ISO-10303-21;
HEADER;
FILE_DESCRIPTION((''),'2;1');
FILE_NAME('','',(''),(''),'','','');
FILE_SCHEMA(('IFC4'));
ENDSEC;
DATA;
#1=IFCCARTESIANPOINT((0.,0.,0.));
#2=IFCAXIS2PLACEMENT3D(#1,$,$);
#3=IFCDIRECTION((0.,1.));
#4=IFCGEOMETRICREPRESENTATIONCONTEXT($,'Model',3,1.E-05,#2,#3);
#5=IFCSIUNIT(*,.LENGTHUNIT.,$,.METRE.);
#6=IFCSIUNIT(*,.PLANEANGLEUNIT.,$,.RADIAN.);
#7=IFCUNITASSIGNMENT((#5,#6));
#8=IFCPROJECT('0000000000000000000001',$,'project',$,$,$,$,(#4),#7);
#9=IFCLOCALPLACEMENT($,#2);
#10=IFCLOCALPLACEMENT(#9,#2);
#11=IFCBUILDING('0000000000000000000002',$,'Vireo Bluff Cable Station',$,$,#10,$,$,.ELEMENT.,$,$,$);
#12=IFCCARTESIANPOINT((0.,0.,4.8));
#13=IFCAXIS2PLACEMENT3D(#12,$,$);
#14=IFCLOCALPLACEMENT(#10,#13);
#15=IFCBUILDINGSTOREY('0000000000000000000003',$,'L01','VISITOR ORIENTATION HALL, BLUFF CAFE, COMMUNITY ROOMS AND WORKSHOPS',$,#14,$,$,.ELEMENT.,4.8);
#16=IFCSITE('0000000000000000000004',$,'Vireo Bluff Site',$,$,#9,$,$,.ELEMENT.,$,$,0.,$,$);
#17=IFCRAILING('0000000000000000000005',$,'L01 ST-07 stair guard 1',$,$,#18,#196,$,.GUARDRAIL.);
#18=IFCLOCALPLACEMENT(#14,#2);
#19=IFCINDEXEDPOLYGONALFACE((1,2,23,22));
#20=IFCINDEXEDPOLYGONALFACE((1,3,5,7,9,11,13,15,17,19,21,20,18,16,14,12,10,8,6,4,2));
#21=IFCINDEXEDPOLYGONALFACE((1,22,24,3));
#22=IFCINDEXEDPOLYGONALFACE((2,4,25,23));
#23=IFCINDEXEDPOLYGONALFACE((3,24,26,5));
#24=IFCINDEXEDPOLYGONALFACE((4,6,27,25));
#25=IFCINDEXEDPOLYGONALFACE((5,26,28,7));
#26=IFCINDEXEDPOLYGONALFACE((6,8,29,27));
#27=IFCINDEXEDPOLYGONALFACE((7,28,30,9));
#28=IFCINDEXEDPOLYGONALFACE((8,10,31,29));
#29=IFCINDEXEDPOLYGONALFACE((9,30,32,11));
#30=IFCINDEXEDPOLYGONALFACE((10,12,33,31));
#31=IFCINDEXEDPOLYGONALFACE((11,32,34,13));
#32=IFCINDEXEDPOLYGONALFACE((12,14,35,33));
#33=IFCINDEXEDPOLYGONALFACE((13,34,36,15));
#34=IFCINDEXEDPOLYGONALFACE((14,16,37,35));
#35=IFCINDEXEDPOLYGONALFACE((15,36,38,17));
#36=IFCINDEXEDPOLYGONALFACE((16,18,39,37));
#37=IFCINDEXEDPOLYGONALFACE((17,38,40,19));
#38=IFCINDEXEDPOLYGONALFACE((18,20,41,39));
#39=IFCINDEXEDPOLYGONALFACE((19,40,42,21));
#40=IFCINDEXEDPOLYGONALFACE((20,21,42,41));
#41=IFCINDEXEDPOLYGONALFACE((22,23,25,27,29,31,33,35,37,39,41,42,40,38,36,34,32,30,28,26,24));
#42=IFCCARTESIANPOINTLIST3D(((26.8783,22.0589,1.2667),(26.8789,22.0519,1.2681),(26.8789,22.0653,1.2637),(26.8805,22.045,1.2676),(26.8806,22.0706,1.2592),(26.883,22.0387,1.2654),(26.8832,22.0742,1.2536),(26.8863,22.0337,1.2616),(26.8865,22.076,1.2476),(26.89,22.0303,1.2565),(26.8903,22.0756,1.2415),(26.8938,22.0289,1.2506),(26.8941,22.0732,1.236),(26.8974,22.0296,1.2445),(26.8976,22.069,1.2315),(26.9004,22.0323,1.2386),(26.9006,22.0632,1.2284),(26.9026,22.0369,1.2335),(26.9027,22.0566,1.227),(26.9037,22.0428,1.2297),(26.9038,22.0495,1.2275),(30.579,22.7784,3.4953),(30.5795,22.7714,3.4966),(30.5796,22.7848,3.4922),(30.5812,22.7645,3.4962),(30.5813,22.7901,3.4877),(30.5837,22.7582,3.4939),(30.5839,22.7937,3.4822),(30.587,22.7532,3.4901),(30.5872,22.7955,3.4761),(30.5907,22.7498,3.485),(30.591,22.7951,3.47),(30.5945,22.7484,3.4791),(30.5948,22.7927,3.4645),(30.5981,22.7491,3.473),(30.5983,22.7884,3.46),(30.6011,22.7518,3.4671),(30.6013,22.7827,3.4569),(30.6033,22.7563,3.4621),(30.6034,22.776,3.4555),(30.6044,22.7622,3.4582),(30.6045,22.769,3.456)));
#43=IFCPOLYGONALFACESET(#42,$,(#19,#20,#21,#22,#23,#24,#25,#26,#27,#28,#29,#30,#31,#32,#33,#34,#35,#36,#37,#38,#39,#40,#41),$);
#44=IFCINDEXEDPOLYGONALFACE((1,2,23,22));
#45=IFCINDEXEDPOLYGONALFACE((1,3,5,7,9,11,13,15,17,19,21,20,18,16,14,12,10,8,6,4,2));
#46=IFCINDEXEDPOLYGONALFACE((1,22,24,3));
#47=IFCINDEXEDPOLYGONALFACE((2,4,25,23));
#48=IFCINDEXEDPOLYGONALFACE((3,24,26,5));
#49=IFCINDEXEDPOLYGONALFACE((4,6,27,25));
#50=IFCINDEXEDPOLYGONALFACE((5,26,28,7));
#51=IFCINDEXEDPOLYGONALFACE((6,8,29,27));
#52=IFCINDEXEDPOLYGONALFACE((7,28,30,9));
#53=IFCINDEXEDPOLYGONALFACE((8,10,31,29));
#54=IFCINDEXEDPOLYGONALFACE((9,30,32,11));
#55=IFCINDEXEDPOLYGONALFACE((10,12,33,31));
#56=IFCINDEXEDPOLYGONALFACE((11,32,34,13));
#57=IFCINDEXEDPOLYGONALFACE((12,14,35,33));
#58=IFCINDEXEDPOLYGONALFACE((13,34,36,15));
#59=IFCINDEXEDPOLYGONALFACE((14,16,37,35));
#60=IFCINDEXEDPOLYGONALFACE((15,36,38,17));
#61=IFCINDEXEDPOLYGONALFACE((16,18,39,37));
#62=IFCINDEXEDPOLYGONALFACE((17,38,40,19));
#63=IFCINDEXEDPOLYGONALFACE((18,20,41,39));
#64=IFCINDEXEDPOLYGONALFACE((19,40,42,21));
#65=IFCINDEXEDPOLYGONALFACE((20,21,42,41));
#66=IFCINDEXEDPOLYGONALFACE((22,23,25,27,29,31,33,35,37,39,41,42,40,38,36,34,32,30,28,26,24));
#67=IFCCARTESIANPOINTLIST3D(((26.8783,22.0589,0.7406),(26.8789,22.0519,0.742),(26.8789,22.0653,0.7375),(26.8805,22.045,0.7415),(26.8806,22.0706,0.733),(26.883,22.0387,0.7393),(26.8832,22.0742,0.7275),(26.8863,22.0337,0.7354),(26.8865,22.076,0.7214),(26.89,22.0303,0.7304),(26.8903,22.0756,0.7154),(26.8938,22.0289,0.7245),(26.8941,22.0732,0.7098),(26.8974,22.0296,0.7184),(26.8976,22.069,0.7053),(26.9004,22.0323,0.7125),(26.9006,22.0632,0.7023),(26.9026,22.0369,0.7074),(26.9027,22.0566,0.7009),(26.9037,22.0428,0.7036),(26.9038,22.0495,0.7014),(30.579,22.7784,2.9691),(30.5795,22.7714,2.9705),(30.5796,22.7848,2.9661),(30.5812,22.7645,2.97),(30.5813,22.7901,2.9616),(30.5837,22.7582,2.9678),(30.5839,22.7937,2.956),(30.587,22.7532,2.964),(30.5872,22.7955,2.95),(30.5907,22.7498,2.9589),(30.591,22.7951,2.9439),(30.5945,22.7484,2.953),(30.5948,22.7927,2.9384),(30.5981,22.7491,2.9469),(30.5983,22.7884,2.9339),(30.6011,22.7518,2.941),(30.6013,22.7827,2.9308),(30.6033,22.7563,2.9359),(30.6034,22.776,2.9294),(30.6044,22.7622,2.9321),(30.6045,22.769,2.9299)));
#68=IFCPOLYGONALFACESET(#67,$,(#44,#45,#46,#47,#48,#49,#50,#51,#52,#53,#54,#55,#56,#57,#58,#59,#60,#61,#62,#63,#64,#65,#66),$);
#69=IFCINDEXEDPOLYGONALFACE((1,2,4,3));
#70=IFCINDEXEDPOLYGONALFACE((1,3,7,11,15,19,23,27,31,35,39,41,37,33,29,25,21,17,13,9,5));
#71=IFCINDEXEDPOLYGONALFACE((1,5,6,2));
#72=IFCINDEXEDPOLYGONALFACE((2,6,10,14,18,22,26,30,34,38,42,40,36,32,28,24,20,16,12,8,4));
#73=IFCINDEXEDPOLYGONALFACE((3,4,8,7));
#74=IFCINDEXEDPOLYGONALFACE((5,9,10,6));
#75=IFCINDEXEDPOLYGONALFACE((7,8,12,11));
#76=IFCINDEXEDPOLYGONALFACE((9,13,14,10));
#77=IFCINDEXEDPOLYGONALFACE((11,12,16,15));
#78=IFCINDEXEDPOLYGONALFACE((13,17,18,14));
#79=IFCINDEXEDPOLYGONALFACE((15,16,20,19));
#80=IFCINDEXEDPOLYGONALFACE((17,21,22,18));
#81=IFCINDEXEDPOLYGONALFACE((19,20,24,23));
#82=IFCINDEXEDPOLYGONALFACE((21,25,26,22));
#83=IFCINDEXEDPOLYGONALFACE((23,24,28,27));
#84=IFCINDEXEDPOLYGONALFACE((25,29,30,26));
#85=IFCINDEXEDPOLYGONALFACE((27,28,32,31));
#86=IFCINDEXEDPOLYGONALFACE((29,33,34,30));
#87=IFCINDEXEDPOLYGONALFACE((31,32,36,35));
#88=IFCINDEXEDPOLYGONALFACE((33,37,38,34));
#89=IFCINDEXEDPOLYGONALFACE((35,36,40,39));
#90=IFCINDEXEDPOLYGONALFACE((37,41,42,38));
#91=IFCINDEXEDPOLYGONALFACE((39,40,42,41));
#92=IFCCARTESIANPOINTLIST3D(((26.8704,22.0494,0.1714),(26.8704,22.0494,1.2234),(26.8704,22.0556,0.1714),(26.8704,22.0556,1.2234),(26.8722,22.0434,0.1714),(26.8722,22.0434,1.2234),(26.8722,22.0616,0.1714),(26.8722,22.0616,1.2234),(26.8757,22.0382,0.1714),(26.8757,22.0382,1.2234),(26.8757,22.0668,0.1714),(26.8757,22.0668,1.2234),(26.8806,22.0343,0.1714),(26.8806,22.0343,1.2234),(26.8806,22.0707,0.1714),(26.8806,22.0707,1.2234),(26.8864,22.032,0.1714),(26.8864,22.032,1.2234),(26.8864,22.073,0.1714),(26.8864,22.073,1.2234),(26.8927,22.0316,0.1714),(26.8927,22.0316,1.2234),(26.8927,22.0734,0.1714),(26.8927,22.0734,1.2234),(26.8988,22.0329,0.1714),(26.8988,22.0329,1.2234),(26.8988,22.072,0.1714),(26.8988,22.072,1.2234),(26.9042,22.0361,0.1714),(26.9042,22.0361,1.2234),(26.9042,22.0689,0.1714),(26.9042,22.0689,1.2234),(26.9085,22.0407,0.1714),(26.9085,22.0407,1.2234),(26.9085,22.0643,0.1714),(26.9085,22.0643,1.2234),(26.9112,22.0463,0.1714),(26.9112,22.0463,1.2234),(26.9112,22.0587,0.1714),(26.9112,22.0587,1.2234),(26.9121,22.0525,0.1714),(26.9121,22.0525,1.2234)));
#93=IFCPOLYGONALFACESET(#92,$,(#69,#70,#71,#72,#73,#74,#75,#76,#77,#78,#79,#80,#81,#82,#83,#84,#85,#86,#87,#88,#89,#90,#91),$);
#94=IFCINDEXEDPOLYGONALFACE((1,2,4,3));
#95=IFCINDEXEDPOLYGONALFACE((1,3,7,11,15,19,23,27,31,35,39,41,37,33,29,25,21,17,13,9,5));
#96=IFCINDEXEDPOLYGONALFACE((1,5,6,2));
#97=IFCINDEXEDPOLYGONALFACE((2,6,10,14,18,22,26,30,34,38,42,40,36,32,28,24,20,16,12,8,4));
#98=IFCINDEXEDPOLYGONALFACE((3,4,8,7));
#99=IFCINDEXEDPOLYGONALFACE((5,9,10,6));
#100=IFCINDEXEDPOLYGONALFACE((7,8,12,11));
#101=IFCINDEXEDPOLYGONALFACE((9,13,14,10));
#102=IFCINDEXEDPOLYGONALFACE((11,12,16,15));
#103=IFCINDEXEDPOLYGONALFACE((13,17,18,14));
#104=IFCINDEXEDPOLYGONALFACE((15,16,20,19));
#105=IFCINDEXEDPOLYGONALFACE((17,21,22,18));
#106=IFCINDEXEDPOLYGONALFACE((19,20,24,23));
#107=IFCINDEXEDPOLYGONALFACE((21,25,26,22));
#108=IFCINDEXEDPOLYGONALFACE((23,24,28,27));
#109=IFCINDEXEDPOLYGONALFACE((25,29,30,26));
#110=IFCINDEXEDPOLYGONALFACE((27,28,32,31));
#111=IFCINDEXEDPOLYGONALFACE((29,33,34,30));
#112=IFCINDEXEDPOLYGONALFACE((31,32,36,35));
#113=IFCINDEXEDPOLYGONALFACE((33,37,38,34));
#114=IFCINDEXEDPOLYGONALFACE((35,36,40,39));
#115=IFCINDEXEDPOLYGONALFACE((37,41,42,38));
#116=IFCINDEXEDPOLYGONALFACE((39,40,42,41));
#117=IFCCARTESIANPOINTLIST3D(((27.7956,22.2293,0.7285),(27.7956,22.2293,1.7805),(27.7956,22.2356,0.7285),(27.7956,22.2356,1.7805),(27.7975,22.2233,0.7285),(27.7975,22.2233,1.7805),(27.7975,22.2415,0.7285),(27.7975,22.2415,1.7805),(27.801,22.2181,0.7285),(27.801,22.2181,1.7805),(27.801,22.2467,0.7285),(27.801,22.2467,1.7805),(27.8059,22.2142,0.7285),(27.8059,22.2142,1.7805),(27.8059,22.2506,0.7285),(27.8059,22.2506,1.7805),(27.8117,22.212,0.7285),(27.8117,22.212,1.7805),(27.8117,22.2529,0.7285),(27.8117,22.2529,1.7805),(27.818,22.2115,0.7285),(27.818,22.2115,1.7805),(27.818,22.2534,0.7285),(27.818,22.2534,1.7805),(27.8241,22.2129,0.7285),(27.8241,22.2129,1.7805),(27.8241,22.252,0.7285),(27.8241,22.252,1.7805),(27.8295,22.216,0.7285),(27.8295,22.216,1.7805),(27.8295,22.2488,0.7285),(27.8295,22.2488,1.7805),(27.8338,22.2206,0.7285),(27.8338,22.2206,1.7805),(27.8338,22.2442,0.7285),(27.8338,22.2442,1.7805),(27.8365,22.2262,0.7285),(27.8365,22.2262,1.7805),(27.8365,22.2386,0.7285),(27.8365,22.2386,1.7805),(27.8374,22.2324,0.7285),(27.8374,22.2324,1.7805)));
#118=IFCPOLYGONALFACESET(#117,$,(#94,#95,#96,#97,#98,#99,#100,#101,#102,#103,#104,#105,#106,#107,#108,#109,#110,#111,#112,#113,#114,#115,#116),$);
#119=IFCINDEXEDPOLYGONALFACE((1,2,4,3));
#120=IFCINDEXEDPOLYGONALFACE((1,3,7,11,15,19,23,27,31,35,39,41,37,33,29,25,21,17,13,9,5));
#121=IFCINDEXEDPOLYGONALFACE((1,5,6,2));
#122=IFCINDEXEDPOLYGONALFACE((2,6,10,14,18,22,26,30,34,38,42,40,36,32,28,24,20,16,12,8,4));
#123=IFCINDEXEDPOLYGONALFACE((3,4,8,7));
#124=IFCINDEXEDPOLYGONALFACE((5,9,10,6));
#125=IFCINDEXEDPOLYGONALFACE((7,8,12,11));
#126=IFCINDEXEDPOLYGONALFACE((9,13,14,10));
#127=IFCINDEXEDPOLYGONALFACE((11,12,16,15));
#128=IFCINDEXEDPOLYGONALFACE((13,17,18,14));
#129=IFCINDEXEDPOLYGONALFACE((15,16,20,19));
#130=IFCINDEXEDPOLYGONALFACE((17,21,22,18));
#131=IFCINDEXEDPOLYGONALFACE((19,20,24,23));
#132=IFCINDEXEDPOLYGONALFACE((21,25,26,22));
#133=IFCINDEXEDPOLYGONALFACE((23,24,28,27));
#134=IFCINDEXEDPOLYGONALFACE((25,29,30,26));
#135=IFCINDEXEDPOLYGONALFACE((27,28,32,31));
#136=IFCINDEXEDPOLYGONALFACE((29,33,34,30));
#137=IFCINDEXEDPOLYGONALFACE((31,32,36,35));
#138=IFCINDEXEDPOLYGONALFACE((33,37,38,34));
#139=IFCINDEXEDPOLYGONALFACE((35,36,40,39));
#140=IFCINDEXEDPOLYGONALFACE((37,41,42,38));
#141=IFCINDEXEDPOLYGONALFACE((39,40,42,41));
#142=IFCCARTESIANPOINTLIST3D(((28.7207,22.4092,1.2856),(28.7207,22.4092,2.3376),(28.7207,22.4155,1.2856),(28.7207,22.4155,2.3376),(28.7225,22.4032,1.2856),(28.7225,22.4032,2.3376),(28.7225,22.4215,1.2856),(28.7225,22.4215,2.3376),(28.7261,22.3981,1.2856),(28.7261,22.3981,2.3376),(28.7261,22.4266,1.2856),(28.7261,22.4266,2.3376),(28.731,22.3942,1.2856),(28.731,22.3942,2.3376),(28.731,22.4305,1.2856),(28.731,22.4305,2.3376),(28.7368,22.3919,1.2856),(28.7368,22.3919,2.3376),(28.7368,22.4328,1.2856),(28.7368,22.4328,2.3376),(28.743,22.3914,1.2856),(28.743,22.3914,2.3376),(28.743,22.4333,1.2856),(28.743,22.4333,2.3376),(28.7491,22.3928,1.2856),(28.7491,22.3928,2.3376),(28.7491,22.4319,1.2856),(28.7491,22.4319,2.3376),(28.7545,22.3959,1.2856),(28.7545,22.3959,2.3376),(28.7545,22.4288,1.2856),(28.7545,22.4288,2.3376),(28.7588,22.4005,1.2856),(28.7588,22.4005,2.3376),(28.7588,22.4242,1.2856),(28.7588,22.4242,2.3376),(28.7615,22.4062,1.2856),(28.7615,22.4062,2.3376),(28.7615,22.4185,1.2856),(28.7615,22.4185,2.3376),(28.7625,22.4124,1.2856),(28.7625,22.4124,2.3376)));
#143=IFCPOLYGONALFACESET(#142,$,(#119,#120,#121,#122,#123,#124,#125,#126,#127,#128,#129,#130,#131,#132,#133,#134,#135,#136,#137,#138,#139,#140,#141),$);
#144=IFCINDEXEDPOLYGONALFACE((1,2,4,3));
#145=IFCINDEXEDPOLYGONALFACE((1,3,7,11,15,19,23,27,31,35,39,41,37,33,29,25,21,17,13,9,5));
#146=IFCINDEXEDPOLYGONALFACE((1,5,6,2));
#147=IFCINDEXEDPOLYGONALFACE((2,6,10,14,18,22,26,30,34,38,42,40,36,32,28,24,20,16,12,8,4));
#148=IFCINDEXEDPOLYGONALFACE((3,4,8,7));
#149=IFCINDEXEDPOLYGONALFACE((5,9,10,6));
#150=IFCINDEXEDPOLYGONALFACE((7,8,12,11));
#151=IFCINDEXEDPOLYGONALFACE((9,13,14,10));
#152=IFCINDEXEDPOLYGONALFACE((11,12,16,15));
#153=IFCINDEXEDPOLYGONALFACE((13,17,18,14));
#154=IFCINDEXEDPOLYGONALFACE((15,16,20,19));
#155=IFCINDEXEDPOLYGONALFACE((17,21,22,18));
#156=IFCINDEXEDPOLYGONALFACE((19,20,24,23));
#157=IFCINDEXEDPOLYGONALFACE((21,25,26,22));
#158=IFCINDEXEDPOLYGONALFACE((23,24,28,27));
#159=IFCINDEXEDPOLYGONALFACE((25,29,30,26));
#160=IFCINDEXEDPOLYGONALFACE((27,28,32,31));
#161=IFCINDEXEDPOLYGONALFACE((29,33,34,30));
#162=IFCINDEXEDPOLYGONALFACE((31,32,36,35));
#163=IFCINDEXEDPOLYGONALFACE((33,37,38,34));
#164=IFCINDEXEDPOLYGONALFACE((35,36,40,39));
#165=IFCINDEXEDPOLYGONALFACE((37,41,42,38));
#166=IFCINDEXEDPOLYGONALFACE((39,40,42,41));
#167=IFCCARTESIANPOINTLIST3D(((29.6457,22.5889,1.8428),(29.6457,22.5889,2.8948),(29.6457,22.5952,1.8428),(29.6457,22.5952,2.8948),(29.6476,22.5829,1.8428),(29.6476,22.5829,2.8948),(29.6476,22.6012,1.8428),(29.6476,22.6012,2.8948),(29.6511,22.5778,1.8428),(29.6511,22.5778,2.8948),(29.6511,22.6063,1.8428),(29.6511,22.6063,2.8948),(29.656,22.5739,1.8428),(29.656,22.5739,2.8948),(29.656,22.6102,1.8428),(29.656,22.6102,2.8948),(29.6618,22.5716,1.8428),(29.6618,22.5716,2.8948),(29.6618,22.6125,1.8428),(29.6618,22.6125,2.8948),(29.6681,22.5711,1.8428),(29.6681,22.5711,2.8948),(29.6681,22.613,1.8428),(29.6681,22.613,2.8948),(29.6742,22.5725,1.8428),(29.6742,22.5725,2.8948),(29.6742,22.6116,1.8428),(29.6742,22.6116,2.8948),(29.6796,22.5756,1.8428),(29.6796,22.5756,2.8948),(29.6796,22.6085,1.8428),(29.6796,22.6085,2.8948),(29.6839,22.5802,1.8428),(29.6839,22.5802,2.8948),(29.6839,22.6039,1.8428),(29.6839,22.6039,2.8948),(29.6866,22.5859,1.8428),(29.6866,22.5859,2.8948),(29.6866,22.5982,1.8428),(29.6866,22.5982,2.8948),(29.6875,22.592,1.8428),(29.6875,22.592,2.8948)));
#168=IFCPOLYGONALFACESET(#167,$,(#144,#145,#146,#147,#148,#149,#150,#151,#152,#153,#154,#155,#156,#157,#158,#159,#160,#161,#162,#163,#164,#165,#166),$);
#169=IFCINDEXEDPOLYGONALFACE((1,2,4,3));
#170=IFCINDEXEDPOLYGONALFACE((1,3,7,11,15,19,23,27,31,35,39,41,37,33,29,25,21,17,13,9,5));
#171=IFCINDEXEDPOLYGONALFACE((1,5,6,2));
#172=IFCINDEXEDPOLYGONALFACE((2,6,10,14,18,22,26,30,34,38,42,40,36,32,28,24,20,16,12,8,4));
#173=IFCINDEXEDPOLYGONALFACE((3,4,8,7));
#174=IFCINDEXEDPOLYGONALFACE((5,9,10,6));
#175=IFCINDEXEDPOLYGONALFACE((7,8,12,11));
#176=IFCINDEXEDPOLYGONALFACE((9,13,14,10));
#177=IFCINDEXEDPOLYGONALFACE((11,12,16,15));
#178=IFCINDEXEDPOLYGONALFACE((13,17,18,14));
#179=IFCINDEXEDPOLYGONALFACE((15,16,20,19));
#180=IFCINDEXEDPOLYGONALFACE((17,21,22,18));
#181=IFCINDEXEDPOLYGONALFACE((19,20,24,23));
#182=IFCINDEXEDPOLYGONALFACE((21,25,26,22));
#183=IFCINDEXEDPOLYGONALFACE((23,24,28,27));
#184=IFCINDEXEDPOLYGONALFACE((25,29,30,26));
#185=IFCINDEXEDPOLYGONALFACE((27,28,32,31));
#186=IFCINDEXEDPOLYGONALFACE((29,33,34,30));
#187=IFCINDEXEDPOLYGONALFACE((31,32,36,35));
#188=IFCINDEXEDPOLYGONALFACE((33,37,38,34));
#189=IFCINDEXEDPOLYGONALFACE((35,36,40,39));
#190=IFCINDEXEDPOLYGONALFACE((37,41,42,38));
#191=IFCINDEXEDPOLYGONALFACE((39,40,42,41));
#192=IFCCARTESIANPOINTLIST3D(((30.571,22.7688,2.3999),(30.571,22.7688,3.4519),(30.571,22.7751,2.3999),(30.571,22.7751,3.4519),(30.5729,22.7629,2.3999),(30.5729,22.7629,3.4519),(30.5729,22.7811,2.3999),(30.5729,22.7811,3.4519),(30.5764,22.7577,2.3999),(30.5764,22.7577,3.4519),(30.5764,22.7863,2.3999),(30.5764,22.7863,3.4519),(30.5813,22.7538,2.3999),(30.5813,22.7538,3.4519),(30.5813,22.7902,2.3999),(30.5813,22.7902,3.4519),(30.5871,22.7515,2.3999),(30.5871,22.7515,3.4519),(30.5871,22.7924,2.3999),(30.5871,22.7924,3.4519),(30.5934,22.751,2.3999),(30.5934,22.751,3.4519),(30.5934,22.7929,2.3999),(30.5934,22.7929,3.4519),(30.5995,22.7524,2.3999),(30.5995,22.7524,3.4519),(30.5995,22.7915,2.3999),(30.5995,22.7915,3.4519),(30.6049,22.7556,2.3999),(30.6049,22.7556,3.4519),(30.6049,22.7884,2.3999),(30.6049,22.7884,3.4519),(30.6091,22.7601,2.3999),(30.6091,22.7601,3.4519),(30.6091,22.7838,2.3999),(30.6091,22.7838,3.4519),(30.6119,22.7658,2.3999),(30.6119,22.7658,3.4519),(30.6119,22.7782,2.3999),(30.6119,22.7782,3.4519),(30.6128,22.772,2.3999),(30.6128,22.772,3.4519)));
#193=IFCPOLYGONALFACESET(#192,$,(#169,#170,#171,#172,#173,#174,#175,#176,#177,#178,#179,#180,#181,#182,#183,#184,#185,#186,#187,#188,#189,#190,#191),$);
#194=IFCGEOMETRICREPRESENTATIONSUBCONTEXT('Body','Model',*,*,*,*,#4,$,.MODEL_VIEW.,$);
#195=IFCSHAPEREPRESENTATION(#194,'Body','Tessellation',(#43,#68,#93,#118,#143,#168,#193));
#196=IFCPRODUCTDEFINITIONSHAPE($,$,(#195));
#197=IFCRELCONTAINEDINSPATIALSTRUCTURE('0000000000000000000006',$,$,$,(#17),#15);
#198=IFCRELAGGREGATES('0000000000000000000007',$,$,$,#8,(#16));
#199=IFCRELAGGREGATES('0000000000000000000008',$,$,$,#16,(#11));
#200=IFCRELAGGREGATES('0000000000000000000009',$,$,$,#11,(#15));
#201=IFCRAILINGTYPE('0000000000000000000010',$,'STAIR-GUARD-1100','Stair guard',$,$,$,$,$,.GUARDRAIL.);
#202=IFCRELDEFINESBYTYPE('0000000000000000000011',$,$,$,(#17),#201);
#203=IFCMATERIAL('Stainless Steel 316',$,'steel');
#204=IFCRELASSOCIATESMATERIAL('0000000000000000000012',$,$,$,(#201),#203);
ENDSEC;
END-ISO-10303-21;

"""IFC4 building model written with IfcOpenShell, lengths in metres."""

from ifc_helpers import new_model, si_unit, direction, frame, origin, origin_2d, place, context, subcontext, project, spatial, circle, extrude, material, type_object, element, save


model = new_model("IFC4")

# Units and contexts
model_context = context("Model", 3, precision=1e-05, world=origin(), true_north=direction((0.0, 1.0)))
body_context = subcontext(model_context, "Body", "Model", "MODEL_VIEW")
ifc_project = project(units=[si_unit("LENGTHUNIT", "METRE"), si_unit("PLANEANGLEUNIT", "RADIAN")], contexts=[model_context])

# Site, building, storey
site_placement = place(None, origin())
site = spatial("IfcSite", under=ifc_project, at=site_placement, Name="Vireo Bluff Site", CompositionType="ELEMENT", RefElevation=0.0)
building_placement = place(site_placement, origin())
building = spatial("IfcBuilding", under=site, at=building_placement, Name="Vireo Bluff Cable Station", CompositionType="ELEMENT")
storey_placement = place(building_placement, frame((0.0, 0.0, 4.8)))
storey = spatial("IfcBuildingStorey", under=building, at=storey_placement, Name="L01", Description="VISITOR ORIENTATION HALL, BLUFF CAFE, COMMUNITY ROOMS AND WORKSHOPS", CompositionType="ELEMENT", Elevation=4.8)

# Railing
ifc_material_1 = material(Name="Stainless Steel 316", Category="steel")
railing_type_1 = type_object("IfcRailingType", Name="STAIR-GUARD-1100", Description="Stair guard", PredefinedType="GUARDRAIL", material=ifc_material_1)
railing_1_placement = place(storey_placement, frame((26.8911, 22.0525, 0.1714)))
element("IfcRailing", 1, at=railing_1_placement, inside=storey, type_object=railing_type_1, Name="L01 ST-07 stair guard 1", PredefinedType="GUARDRAIL", context=body_context, shape_type="SweptSolid", body=[
    extrude(circle(Radius=0.0239, at=origin_2d()), frame((0.0, 0.0, 1.0762), z_axis=(0.845024, 0.164289, 0.508865), x_axis=(-0.190845, 0.98162, 0.0)), (0.0, 0.0, 1.0), 4.3794),
    extrude(circle(Radius=0.0239, at=origin_2d()), frame((0.0, 0.0, 0.55), z_axis=(0.845024, 0.164289, 0.508865), x_axis=(-0.190845, 0.98162, 0.0)), (0.0, 0.0, 1.0), 4.3794),
    extrude(circle(Radius=0.021, at=origin_2d()), origin(), (0.0, 0.0, 1.0), 1.052),
    extrude(circle(Radius=0.021, at=origin_2d()), frame((0.9253, 0.1799, 0.5571)), (0.0, 0.0, 1.0), 1.052),
    extrude(circle(Radius=0.021, at=origin_2d()), frame((1.8503, 0.3599, 1.1143)), (0.0, 0.0, 1.0), 1.052),
    extrude(circle(Radius=0.021, at=origin_2d()), frame((2.7754, 0.5396, 1.6714)), (0.0, 0.0, 1.0), 1.052),
    extrude(circle(Radius=0.021, at=origin_2d()), frame((3.7007, 0.7195, 2.2285)), (0.0, 0.0, 1.0), 1.052),
])

save(model, "model.ifc")
